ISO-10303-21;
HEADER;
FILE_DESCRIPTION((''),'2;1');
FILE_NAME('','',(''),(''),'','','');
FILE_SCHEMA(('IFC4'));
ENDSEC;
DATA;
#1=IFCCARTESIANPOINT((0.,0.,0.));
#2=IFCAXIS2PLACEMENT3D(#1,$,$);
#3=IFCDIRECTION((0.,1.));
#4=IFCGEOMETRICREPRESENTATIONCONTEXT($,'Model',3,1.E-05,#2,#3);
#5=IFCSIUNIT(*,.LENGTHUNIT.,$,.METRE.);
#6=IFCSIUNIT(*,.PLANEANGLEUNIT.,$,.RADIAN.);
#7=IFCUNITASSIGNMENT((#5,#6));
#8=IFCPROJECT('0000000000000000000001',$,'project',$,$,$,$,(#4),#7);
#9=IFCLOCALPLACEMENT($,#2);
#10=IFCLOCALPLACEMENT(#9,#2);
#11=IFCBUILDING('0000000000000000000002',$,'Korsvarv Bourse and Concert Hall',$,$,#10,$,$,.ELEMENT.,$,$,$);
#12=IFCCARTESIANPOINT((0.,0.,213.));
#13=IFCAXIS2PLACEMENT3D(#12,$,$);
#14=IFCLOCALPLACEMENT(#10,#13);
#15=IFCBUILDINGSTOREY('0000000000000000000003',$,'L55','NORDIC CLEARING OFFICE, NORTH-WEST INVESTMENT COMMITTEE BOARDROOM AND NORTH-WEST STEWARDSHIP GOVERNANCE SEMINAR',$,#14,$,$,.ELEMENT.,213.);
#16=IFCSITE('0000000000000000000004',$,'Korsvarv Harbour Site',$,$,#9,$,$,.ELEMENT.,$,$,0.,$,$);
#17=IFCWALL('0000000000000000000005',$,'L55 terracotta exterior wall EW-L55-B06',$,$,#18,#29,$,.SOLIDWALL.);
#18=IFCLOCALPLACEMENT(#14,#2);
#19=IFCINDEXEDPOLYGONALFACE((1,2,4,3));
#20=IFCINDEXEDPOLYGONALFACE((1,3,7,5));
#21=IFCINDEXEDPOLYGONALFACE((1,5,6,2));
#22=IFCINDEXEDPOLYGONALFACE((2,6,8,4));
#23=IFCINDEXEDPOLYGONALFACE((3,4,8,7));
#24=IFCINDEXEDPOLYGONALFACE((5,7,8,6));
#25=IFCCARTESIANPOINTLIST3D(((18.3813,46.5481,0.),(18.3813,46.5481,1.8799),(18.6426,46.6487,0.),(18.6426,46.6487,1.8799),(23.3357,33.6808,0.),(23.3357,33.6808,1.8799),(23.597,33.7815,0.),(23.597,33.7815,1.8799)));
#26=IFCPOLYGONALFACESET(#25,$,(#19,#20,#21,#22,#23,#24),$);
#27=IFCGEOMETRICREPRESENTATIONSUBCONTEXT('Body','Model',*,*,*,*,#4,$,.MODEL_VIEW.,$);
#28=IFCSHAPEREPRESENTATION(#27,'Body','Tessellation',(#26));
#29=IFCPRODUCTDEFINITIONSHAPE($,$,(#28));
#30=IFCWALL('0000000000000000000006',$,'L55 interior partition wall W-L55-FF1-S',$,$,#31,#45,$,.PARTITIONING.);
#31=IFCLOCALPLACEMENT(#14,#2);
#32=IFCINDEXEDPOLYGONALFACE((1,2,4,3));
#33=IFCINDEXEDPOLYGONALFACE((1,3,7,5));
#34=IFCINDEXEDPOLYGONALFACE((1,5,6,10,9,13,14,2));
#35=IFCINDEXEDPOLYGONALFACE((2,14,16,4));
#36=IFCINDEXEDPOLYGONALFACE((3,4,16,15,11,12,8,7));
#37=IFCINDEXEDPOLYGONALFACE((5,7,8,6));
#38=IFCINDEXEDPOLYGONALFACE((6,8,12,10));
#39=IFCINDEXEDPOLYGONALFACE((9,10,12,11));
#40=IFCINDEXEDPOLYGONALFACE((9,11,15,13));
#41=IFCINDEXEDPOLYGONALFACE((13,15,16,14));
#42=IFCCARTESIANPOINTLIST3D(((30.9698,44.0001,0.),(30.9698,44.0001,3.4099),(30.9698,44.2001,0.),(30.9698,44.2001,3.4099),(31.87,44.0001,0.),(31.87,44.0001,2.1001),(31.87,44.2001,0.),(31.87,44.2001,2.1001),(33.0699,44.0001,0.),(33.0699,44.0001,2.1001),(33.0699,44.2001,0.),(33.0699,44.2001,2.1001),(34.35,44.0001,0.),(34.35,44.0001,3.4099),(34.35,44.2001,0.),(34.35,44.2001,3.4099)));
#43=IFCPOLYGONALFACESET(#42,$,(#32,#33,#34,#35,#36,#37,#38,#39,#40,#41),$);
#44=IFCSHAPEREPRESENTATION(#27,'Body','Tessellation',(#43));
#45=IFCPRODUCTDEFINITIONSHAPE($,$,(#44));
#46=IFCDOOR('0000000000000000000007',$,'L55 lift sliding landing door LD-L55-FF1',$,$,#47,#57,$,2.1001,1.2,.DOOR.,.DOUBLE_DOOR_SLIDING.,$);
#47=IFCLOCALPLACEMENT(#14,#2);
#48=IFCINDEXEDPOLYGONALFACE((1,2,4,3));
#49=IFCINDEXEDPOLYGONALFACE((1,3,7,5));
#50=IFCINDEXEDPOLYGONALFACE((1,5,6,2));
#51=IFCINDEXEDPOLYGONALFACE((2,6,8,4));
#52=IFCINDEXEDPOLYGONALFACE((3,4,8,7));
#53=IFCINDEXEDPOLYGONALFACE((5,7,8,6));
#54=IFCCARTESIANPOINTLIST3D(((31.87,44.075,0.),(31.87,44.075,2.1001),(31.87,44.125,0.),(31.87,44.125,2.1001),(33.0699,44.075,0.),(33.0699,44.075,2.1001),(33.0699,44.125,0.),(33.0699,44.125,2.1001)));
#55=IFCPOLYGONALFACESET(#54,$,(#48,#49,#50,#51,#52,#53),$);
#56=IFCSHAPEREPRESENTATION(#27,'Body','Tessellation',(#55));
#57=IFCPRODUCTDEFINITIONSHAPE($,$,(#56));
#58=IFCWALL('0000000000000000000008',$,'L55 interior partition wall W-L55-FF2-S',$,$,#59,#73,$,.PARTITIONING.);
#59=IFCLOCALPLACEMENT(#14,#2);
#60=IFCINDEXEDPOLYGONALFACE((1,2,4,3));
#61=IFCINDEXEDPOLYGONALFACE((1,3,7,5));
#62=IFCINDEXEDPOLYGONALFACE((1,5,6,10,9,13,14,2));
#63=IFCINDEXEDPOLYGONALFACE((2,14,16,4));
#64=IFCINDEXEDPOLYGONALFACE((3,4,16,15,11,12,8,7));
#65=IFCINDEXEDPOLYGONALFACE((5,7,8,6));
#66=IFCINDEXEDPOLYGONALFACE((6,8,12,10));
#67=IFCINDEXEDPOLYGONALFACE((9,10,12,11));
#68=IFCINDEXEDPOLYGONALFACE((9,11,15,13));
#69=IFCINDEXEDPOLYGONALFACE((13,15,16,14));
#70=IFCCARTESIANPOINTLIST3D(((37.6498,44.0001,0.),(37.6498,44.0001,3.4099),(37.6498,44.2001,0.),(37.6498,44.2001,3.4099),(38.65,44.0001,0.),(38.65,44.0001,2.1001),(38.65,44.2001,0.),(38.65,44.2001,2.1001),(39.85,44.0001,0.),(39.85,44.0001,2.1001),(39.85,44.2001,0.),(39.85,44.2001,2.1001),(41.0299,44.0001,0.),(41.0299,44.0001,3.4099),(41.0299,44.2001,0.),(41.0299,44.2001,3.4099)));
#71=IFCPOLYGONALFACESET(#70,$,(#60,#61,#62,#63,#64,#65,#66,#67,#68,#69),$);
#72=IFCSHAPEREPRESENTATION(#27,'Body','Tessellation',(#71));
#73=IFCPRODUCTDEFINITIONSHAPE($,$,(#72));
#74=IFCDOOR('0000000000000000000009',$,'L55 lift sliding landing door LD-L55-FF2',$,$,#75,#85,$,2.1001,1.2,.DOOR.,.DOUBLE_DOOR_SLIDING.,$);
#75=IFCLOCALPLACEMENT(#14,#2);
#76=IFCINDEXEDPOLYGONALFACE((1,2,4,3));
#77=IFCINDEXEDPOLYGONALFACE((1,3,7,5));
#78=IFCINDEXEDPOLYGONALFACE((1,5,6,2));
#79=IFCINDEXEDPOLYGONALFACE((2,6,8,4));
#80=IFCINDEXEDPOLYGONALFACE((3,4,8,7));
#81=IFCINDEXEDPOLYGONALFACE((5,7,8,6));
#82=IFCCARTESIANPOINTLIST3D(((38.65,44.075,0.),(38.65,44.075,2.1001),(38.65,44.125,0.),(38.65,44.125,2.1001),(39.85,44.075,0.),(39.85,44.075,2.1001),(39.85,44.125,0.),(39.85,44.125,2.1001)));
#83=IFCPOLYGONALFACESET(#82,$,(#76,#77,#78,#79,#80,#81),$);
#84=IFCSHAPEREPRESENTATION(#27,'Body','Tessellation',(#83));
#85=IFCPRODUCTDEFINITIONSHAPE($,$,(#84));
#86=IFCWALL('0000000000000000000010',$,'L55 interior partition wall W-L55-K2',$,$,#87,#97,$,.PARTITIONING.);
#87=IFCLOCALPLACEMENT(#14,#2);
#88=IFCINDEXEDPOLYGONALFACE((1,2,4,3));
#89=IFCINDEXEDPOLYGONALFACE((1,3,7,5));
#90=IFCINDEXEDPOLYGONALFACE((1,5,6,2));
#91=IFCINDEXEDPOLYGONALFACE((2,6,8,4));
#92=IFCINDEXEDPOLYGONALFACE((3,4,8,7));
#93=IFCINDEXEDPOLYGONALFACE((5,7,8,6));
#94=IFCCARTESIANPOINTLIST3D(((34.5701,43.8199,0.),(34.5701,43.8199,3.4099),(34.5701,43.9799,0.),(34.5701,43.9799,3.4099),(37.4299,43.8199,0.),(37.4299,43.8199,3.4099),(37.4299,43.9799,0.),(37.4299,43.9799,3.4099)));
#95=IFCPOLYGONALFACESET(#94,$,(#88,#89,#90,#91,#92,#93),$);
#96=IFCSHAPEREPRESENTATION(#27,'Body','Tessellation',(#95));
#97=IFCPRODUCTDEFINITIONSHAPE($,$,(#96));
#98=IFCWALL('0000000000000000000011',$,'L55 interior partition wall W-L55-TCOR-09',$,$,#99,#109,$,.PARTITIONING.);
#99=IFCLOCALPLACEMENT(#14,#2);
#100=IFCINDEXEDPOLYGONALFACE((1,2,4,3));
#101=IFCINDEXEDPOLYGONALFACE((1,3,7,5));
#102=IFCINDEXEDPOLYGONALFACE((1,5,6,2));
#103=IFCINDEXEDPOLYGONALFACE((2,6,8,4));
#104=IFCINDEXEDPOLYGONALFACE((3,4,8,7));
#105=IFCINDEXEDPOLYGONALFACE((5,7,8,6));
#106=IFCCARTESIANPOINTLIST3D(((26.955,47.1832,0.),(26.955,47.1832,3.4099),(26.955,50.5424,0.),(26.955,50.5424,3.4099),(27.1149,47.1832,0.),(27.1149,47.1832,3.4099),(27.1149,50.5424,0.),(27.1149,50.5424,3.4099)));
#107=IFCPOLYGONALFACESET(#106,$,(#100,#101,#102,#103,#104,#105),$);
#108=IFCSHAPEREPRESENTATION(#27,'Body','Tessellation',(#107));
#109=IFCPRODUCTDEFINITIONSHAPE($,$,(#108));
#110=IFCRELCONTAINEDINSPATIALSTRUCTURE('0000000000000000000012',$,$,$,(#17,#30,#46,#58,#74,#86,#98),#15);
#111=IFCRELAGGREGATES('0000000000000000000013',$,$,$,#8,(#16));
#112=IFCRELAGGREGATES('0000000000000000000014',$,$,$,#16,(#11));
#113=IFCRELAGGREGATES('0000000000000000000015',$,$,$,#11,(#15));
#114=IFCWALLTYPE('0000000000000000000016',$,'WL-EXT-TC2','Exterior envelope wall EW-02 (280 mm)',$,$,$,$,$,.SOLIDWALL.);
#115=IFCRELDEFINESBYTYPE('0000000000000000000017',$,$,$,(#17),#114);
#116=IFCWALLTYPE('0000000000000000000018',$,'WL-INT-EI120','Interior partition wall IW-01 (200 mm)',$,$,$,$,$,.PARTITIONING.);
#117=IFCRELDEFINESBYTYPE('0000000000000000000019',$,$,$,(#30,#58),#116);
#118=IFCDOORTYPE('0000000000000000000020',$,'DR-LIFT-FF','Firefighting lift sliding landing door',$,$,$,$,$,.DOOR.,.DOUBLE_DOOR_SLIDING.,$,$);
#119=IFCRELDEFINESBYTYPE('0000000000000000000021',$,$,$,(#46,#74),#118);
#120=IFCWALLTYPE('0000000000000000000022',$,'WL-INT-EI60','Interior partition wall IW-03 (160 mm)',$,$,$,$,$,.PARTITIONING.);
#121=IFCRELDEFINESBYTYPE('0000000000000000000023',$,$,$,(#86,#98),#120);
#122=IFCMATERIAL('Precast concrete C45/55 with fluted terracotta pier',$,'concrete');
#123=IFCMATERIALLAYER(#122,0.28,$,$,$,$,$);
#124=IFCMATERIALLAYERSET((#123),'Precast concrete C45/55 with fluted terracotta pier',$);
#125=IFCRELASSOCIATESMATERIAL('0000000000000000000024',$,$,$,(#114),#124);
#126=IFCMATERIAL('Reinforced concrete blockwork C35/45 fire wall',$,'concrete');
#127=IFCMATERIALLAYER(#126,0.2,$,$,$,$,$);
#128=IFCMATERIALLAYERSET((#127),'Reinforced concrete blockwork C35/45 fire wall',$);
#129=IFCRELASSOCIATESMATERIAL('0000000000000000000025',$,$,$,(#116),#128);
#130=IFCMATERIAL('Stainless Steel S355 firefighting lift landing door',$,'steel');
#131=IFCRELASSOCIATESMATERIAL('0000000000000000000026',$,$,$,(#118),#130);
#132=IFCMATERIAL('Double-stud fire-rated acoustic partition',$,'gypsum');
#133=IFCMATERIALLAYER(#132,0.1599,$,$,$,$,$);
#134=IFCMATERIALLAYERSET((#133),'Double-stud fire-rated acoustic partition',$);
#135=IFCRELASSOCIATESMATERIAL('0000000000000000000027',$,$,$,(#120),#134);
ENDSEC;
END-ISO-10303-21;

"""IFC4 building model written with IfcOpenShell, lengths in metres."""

from ifc_helpers import new_model, si_unit, direction, frame, frame_2d, origin, place, context, subcontext, project, spatial, rectangle, extrude, material, layer, layer_set, type_object, element, fill, save


model = new_model("IFC4")

# Units and contexts
model_context = context("Model", 3, precision=1e-05, world=origin(), true_north=direction((0.0, 1.0)))
body_context = subcontext(model_context, "Body", "Model", "MODEL_VIEW")
ifc_project = project(units=[si_unit("LENGTHUNIT", "METRE"), si_unit("PLANEANGLEUNIT", "RADIAN")], contexts=[model_context])

# Site, building, storey
site_placement = place(None, origin())
site = spatial("IfcSite", under=ifc_project, at=site_placement, Name="Korsvarv Harbour Site", CompositionType="ELEMENT", RefElevation=0.0)
building_placement = place(site_placement, origin())
building = spatial("IfcBuilding", under=site, at=building_placement, Name="Korsvarv Bourse and Concert Hall", CompositionType="ELEMENT")
storey_placement = place(building_placement, frame((0.0, 0.0, 213.0)))
storey = spatial("IfcBuildingStorey", under=building, at=storey_placement, Name="L55", Description="NORDIC CLEARING OFFICE, NORTH-WEST INVESTMENT COMMITTEE BOARDROOM AND NORTH-WEST STEWARDSHIP GOVERNANCE SEMINAR", CompositionType="ELEMENT", Elevation=213.0)

# Wall
ifc_material_1 = material(Name="Precast concrete C45/55 with fluted terracotta pier", Category="concrete")
ifc_layer_1 = layer(ifc_material_1, 0.28)
ifc_layer_set_1 = layer_set([ifc_layer_1], Name="Precast concrete C45/55 with fluted terracotta pier")
wall_type_1 = type_object("IfcWallType", Name="WL-EXT-TC2", Description="Exterior envelope wall EW-02 (280 mm)", PredefinedType="SOLIDWALL", material=ifc_layer_set_1)
wall_1_placement = place(storey_placement, frame((18.512, 46.5984, 0.0), z_axis=(0.0, 0.0, 1.0), x_axis=(0.359322, -0.933214, 0.0)))
element("IfcWall", 1, at=wall_1_placement, inside=storey, type_object=wall_type_1, Name="L55 terracotta exterior wall EW-L55-B06", PredefinedType="SOLIDWALL", context=body_context, shape_type="SweptSolid", body=[
    extrude(rectangle(XDim=13.7881, YDim=0.28, at=frame_2d((6.894, 0.0))), origin(), (0.0, 0.0, 1.0), 1.8799),
])

# Walls, openings, doors
ifc_material_2 = material(Name="Reinforced concrete blockwork C35/45 fire wall", Category="concrete")
ifc_layer_2 = layer(ifc_material_2, 0.2)
ifc_layer_set_2 = layer_set([ifc_layer_2], Name="Reinforced concrete blockwork C35/45 fire wall")
wall_type_2 = type_object("IfcWallType", Name="WL-INT-EI120", Description="Interior partition wall IW-01 (200 mm)", PredefinedType="PARTITIONING", material=ifc_layer_set_2)
wall_2_placement = place(storey_placement, frame((30.97, 44.1001, 0.0), z_axis=(0.0, 0.0, 1.0), x_axis=(1.0, 0.0, 0.0)))
wall_2 = element("IfcWall", 2, at=wall_2_placement, inside=storey, type_object=wall_type_2, Name="L55 interior partition wall W-L55-FF1-S", PredefinedType="PARTITIONING", context=body_context, shape_type="SweptSolid", body=[
    extrude(rectangle(XDim=3.3801, YDim=0.2, at=frame_2d((1.6899, 0.0))), origin(), (0.0, 0.0, 1.0), 3.4099),
])
opening_1_placement = place(wall_2_placement, frame((0.8999, 0.0, 0.0)))
opening_1 = element("IfcOpeningElement", 3, at=opening_1_placement, cuts=wall_2, PredefinedType="OPENING", context=body_context, shape_type="SweptSolid", body=[
    extrude(rectangle(XDim=1.2, YDim=2.1001, at=frame_2d((0.6001, 1.05))), frame((0.0, 0.1099, 0.0), z_axis=(0.0, -1.0, 0.0), x_axis=(1.0, 0.0, 0.0)), (0.0, 0.0, 1.0), 0.22),
])
ifc_material_3 = material(Name="Stainless Steel S355 firefighting lift landing door", Category="steel")
door_type = type_object("IfcDoorType", Name="DR-LIFT-FF", Description="Firefighting lift sliding landing door", OperationType="DOUBLE_DOOR_SLIDING", PredefinedType="DOOR", material=ifc_material_3)
door_1_placement = place(opening_1_placement, origin())
door_1 = element("IfcDoor", 4, at=door_1_placement, inside=storey, type_object=door_type, Name="L55 lift sliding landing door LD-L55-FF1", OperationType="DOUBLE_DOOR_SLIDING", OverallHeight=2.1001, OverallWidth=1.2, PredefinedType="DOOR", context=body_context, shape_type="SweptSolid", body=[
    extrude(rectangle(XDim=1.2, YDim=2.1001, at=frame_2d((0.6001, 1.05))), frame((0.0, 0.0249, 0.0), z_axis=(0.0, -1.0, 0.0), x_axis=(1.0, 0.0, 0.0)), (0.0, 0.0, 1.0), 0.05),
])
fill(opening_1, door_1)
wall_3_placement = place(storey_placement, frame((37.6499, 44.1001, 0.0), z_axis=(0.0, 0.0, 1.0), x_axis=(1.0, 0.0, 0.0)))
wall_3 = element("IfcWall", 5, at=wall_3_placement, inside=storey, type_object=wall_type_2, Name="L55 interior partition wall W-L55-FF2-S", PredefinedType="PARTITIONING", context=body_context, shape_type="SweptSolid", body=[
    extrude(rectangle(XDim=3.3801, YDim=0.2, at=frame_2d((1.6899, 0.0))), origin(), (0.0, 0.0, 1.0), 3.4099),
])
opening_2_placement = place(wall_3_placement, frame((1.0, 0.0, 0.0)))
opening_2 = element("IfcOpeningElement", 6, at=opening_2_placement, cuts=wall_3, PredefinedType="OPENING", context=body_context, shape_type="SweptSolid", body=[
    extrude(rectangle(XDim=1.2, YDim=2.1001, at=frame_2d((0.6001, 1.05))), frame((0.0, 0.1099, 0.0), z_axis=(0.0, -1.0, 0.0), x_axis=(1.0, 0.0, 0.0)), (0.0, 0.0, 1.0), 0.22),
])
door_2_placement = place(opening_2_placement, origin())
door_2 = element("IfcDoor", 7, at=door_2_placement, inside=storey, type_object=door_type, Name="L55 lift sliding landing door LD-L55-FF2", OperationType="DOUBLE_DOOR_SLIDING", OverallHeight=2.1001, OverallWidth=1.2, PredefinedType="DOOR", context=body_context, shape_type="SweptSolid", body=[
    extrude(rectangle(XDim=1.2, YDim=2.1001, at=frame_2d((0.6001, 1.05))), frame((0.0, 0.0249, 0.0), z_axis=(0.0, -1.0, 0.0), x_axis=(1.0, 0.0, 0.0)), (0.0, 0.0, 1.0), 0.05),
])
fill(opening_2, door_2)

# Walls
ifc_material_4 = material(Name="Double-stud fire-rated acoustic partition", Category="gypsum")
ifc_layer_3 = layer(ifc_material_4, 0.1599)
ifc_layer_set_3 = layer_set([ifc_layer_3], Name="Double-stud fire-rated acoustic partition")
wall_type_3 = type_object("IfcWallType", Name="WL-INT-EI60", Description="Interior partition wall IW-03 (160 mm)", PredefinedType="PARTITIONING", material=ifc_layer_set_3)
wall_4_placement = place(storey_placement, frame((34.5701, 43.8999, 0.0), z_axis=(0.0, 0.0, 1.0), x_axis=(1.0, 0.0, 0.0)))
element("IfcWall", 8, at=wall_4_placement, inside=storey, type_object=wall_type_3, Name="L55 interior partition wall W-L55-K2", PredefinedType="PARTITIONING", context=body_context, shape_type="SweptSolid", body=[
    extrude(rectangle(XDim=2.8599, YDim=0.1599, at=frame_2d((1.4299, 0.0))), origin(), (0.0, 0.0, 1.0), 3.4099),
])
wall_5_placement = place(storey_placement, frame((27.0349, 47.1831, 0.0), z_axis=(0.0, 0.0, 1.0), x_axis=(0.0, 1.0, 0.0)))
element("IfcWall", 9, at=wall_5_placement, inside=storey, type_object=wall_type_3, Name="L55 interior partition wall W-L55-TCOR-09", PredefinedType="PARTITIONING", context=body_context, shape_type="SweptSolid", body=[
    extrude(rectangle(XDim=3.3591, YDim=0.1599, at=frame_2d((1.6797, 0.0))), origin(), (0.0, 0.0, 1.0), 3.4099),
])

save(model, "model.ifc")
